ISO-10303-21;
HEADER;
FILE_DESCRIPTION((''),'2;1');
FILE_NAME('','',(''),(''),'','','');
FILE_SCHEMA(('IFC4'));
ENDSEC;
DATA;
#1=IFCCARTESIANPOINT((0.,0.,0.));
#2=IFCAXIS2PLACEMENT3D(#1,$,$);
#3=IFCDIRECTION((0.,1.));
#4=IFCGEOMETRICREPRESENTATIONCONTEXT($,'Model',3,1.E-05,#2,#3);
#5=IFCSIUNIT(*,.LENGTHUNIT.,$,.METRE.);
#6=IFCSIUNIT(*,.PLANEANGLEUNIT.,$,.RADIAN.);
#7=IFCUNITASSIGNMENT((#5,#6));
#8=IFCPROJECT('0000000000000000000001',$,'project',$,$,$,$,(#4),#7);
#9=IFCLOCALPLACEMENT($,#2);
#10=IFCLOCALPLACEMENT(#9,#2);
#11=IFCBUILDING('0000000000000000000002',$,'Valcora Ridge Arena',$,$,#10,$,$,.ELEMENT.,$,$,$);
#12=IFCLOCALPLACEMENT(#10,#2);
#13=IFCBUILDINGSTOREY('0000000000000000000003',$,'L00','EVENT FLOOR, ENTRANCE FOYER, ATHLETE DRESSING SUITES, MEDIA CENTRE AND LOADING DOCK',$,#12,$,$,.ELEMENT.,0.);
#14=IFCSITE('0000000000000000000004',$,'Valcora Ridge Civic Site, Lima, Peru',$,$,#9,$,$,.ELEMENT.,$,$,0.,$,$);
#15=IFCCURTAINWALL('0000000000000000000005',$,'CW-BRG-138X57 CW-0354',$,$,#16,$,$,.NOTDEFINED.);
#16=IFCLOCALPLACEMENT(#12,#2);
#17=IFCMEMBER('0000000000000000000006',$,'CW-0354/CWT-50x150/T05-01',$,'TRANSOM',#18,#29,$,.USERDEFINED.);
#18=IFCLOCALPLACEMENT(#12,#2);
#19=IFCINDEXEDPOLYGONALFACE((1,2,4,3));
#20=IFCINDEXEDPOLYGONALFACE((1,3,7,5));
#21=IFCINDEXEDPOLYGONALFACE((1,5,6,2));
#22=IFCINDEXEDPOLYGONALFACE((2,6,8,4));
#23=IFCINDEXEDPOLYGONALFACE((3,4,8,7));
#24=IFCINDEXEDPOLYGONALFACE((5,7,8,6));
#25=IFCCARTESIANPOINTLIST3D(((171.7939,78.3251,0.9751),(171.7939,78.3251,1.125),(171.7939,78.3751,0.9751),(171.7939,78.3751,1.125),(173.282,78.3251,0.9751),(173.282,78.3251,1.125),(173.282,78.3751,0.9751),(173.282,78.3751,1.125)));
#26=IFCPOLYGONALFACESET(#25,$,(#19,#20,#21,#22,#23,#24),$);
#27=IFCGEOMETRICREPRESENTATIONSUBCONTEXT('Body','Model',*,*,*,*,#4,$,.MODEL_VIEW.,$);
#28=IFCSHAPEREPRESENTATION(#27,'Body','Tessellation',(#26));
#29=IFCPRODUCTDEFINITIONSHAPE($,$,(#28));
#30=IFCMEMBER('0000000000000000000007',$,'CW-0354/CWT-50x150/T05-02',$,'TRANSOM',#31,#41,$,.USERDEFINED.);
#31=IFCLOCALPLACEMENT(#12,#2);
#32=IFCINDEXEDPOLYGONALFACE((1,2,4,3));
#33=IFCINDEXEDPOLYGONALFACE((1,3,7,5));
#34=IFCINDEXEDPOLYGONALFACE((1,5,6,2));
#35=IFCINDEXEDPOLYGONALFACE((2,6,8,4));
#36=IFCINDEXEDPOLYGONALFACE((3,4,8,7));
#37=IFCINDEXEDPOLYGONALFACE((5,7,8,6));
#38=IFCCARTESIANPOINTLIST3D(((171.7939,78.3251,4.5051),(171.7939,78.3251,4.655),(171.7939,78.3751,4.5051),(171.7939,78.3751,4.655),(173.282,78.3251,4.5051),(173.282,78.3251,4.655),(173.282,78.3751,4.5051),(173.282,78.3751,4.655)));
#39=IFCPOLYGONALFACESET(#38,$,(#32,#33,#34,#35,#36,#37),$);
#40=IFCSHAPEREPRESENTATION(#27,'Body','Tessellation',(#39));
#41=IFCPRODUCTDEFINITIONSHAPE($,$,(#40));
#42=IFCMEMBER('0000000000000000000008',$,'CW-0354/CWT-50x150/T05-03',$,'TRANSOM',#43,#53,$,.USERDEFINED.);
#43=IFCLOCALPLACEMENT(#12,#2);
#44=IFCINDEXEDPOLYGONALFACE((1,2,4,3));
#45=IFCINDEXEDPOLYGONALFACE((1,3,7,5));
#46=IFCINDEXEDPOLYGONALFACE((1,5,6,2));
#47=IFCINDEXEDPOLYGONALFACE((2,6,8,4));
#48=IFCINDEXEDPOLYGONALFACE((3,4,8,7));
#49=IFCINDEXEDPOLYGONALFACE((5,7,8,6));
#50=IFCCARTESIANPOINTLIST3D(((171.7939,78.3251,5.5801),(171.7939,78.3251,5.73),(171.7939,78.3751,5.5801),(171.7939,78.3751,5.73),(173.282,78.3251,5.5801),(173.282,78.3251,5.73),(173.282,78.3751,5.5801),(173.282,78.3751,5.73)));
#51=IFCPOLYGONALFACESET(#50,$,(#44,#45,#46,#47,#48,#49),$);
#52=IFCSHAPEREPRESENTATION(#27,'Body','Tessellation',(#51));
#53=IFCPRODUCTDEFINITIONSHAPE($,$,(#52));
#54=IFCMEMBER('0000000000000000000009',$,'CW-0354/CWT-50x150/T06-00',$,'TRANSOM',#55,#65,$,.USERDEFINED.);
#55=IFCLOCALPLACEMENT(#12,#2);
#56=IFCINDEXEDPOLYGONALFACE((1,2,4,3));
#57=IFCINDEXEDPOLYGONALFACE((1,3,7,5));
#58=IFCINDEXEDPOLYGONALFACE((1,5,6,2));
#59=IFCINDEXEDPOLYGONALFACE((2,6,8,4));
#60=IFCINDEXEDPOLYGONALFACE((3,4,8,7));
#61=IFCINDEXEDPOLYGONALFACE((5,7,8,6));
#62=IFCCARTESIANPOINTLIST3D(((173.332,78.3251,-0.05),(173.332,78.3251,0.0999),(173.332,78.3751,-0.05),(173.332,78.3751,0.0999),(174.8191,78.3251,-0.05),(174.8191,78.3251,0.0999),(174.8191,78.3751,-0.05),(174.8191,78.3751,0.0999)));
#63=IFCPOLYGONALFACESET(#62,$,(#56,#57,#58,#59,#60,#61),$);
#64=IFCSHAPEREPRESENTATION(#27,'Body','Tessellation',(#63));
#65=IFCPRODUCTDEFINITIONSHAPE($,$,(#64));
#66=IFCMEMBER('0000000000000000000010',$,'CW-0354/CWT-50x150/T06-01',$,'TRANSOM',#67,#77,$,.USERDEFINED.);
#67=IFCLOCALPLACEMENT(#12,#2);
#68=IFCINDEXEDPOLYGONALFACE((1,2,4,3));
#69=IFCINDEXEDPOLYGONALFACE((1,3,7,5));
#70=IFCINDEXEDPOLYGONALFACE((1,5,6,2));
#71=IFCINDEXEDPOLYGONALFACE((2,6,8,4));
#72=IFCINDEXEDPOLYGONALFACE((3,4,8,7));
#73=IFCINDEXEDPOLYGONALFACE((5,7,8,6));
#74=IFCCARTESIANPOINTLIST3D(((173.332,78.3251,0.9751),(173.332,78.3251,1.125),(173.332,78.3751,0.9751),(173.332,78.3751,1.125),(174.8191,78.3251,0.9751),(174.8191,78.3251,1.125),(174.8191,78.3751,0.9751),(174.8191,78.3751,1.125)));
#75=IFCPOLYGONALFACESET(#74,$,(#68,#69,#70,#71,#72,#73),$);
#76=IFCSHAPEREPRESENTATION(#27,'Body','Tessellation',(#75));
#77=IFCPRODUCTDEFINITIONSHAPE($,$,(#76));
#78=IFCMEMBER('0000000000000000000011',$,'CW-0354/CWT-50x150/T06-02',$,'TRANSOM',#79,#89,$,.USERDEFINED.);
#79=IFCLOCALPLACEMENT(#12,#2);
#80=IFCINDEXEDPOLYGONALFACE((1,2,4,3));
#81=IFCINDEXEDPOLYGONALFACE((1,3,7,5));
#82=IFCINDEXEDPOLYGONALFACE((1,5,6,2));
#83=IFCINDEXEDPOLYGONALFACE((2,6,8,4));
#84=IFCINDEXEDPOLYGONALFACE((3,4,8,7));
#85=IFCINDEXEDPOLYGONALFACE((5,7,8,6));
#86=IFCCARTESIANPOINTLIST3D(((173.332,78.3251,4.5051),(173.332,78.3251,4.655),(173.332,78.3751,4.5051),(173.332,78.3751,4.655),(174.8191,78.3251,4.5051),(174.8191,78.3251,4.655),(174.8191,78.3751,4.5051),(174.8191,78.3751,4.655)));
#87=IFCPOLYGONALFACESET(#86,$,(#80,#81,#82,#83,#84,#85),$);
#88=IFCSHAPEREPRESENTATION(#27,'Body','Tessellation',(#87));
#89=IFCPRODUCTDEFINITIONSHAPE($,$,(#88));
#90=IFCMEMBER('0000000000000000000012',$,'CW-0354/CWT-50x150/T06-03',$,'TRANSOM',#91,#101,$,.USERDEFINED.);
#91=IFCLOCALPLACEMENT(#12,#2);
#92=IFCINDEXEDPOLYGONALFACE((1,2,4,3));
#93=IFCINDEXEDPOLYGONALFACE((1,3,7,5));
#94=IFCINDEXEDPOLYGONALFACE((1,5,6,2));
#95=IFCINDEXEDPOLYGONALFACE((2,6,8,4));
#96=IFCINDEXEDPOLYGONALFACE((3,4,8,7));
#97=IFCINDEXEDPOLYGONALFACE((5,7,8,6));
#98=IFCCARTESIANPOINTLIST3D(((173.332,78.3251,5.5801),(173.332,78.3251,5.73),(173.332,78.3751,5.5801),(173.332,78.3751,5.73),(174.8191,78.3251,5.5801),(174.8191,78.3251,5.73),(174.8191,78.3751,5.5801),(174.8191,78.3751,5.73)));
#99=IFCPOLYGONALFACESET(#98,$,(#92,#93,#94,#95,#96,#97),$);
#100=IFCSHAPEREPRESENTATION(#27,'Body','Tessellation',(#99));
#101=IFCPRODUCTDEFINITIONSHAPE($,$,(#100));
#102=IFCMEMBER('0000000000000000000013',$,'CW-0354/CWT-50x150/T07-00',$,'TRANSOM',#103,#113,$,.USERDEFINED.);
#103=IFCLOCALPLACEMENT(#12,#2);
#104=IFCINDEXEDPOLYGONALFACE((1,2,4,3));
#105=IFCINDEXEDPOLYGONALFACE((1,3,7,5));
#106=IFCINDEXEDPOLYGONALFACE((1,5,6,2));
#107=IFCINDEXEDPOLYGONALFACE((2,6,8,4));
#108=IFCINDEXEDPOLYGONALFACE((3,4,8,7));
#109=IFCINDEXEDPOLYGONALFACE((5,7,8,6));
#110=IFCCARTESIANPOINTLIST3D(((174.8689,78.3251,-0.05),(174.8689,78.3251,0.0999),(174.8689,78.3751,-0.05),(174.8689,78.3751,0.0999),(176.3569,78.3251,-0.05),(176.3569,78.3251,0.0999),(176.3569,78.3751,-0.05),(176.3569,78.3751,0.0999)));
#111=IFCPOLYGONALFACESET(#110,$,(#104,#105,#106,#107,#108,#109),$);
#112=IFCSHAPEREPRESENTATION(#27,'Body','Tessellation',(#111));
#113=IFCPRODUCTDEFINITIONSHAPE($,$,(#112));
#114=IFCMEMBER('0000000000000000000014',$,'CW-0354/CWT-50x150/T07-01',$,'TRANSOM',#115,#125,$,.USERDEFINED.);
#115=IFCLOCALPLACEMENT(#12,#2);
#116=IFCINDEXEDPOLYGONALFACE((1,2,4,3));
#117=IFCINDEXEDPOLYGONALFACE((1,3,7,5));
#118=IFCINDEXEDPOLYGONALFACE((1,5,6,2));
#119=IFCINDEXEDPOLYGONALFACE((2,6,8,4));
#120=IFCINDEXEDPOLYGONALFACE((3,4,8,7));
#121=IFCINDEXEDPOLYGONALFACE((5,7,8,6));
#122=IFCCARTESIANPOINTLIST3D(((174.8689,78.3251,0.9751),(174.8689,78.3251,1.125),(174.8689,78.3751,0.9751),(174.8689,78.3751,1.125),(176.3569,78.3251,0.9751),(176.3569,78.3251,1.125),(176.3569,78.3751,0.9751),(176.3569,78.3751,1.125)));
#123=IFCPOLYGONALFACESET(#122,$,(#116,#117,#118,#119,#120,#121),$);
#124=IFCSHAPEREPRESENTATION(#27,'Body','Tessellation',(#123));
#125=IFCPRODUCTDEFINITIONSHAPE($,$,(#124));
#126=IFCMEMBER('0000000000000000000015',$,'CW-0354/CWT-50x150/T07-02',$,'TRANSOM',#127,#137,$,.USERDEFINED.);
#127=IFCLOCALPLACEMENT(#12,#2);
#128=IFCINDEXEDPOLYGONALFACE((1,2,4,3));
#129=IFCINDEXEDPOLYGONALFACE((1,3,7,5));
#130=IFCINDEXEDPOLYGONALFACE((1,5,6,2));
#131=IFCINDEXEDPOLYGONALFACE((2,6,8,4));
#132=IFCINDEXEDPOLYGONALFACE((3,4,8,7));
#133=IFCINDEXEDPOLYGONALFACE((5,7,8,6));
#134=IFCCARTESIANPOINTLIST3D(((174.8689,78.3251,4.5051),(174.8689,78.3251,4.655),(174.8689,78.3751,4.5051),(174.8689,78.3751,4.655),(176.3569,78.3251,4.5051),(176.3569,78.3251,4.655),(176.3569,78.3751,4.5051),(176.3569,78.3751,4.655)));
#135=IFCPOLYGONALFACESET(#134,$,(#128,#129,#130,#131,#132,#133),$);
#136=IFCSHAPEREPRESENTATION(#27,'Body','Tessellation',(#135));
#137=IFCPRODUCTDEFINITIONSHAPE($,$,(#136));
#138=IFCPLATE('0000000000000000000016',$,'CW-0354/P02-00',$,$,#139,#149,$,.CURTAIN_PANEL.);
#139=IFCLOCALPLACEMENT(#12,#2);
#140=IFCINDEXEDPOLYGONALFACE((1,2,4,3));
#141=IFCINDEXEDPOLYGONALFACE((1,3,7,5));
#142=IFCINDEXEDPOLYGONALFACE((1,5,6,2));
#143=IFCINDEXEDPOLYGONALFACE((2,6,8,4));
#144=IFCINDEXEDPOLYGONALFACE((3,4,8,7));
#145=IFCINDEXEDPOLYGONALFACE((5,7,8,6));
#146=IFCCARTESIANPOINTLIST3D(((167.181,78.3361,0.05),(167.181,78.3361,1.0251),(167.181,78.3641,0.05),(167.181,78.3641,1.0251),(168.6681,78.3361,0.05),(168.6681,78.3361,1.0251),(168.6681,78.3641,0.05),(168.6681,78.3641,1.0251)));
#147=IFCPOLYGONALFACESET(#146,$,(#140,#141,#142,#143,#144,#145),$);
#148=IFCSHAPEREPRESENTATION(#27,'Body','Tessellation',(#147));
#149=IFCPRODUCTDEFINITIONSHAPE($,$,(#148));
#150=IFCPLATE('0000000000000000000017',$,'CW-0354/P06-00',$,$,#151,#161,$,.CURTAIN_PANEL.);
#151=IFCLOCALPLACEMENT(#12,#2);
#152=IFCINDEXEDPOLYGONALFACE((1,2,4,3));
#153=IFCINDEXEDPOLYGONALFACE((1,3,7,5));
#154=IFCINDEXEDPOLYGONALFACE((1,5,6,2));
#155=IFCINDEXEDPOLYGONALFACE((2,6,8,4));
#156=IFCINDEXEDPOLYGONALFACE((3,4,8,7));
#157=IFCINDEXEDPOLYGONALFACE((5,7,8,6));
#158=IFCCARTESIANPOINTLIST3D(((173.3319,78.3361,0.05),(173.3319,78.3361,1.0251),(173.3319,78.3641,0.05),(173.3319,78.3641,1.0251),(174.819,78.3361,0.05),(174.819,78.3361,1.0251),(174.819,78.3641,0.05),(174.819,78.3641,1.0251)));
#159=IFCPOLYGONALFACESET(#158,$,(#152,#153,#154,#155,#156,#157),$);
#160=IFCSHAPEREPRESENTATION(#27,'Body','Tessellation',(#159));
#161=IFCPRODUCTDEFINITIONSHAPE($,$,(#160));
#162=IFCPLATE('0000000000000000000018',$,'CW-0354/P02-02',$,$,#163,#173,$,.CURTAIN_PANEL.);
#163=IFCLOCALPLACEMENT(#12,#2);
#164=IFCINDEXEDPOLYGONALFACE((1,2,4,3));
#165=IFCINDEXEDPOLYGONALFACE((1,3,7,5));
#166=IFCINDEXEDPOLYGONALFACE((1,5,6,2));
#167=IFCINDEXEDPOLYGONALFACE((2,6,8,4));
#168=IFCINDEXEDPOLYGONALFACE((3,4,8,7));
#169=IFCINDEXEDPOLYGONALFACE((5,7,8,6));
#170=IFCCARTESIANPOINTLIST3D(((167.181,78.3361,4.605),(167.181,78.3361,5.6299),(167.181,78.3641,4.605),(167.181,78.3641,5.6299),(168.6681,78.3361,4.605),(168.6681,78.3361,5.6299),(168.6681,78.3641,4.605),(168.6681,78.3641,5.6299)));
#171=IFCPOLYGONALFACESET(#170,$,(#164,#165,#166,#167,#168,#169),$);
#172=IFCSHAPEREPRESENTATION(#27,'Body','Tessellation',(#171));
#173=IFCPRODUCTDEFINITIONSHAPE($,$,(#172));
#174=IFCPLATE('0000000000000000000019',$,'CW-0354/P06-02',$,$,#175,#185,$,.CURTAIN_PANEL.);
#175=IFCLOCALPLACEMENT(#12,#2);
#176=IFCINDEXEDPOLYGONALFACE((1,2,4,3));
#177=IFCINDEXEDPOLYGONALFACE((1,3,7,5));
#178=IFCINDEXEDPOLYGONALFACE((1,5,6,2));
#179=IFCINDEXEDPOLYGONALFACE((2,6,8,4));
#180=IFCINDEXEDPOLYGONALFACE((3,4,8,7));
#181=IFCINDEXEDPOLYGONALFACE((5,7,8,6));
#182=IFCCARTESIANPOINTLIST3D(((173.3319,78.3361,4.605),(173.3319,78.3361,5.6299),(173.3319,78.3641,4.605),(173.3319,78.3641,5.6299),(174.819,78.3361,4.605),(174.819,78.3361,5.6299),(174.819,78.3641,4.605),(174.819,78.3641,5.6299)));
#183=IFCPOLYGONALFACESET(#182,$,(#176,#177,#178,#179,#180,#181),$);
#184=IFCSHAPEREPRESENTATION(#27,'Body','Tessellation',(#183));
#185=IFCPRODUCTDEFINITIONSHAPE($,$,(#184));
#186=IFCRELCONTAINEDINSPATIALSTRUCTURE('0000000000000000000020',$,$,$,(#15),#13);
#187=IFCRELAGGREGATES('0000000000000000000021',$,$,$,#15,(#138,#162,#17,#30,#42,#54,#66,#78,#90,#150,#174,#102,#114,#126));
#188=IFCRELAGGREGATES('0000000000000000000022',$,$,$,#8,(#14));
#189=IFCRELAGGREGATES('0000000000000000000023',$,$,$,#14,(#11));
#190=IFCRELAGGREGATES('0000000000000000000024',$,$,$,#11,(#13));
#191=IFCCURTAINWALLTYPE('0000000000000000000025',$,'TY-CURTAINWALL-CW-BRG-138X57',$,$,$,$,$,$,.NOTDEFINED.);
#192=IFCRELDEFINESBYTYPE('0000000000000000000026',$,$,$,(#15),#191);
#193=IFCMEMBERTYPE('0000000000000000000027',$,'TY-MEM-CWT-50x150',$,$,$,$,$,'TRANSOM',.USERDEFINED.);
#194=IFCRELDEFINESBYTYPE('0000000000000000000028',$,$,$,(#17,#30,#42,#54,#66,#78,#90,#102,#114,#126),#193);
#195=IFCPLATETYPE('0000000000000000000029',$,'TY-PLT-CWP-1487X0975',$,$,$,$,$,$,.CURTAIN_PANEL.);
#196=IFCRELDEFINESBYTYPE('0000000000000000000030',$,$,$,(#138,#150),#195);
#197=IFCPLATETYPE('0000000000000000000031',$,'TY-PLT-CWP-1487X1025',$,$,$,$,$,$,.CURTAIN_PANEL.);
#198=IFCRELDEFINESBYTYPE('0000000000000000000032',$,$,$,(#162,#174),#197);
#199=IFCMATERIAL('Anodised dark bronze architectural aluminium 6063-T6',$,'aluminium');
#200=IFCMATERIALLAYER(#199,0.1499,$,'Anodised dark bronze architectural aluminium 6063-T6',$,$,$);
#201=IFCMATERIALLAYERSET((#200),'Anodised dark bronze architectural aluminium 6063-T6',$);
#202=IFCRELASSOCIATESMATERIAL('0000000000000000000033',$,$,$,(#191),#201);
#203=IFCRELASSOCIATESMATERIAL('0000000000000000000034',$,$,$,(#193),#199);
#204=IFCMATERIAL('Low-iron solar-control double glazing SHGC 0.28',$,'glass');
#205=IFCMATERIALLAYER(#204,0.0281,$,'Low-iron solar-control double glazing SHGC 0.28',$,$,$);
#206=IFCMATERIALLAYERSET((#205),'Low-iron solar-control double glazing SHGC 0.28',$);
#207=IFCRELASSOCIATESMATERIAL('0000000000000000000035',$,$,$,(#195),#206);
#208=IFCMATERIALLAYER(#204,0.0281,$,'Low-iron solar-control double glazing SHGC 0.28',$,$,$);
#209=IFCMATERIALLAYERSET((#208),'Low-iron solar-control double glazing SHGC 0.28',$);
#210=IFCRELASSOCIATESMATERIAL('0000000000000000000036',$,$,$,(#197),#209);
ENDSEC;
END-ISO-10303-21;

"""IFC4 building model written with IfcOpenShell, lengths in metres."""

from ifc_helpers import new_model, si_unit, direction, frame, origin, origin_2d, place, context, subcontext, project, spatial, rectangle, extrude, material, layer, layer_set, material_profile, profile_set, type_object, element, aggregate, save


model = new_model("IFC4")

# Units and contexts
model_context = context("Model", 3, precision=1e-05, world=origin(), true_north=direction((0.0, 1.0)))
body_context = subcontext(model_context, "Body", "Model", "MODEL_VIEW")
ifc_project = project(units=[si_unit("LENGTHUNIT", "METRE"), si_unit("PLANEANGLEUNIT", "RADIAN")], contexts=[model_context])

# Site, building, storey
site_placement = place(None, origin())
site = spatial("IfcSite", under=ifc_project, at=site_placement, Name="Valcora Ridge Civic Site, Lima, Peru", CompositionType="ELEMENT", RefElevation=0.0)
building_placement = place(site_placement, origin())
building = spatial("IfcBuilding", under=site, at=building_placement, Name="Valcora Ridge Arena", CompositionType="ELEMENT")
storey_placement = place(building_placement, origin())
storey = spatial("IfcBuildingStorey", under=building, at=storey_placement, Name="L00", Description="EVENT FLOOR, ENTRANCE FOYER, ATHLETE DRESSING SUITES, MEDIA CENTRE AND LOADING DOCK", CompositionType="ELEMENT", Elevation=0.0)

# Curtain wall, members, plates
ifc_material_1 = material(Name="Anodised dark bronze architectural aluminium 6063-T6", Category="aluminium")
ifc_layer_1 = layer(ifc_material_1, 0.1499, Name="Anodised dark bronze architectural aluminium 6063-T6")
ifc_layer_set_1 = layer_set([ifc_layer_1], Name="Anodised dark bronze architectural aluminium 6063-T6")
curtain_wall_type = type_object("IfcCurtainWallType", Name="TY-CURTAINWALL-CW-BRG-138X57", PredefinedType="NOTDEFINED", material=ifc_layer_set_1)
curtain_wall_placement = place(storey_placement, origin())
curtain_wall = element("IfcCurtainWall", 1, at=curtain_wall_placement, inside=storey, type_object=curtain_wall_type, Name="CW-BRG-138X57 CW-0354", PredefinedType="NOTDEFINED")
ifc_material_profile_1 = material_profile(ifc_material_1, rectangle(XDim=0.05, YDim=0.1499, at=origin_2d()), Name="ALU TRANSOM 50x150")
ifc_profile_set_1 = profile_set([ifc_material_profile_1], Name="Anodised dark bronze architectural aluminium 6063-T6")
member_type_1 = type_object("IfcMemberType", Name="TY-MEM-CWT-50x150", ElementType="TRANSOM", PredefinedType="USERDEFINED", material=ifc_profile_set_1)
member_1_placement = place(storey_placement, frame((171.7939, 78.3501, 1.05), z_axis=(1.0, 0.0, 0.0), x_axis=(0.0, 1.0, 0.0)))
member_1 = element("IfcMember", 2, at=member_1_placement, type_object=member_type_1, Name="CW-0354/CWT-50x150/T05-01", ObjectType="TRANSOM", PredefinedType="USERDEFINED", context=body_context, shape_type="SweptSolid", body=[
    extrude(rectangle(XDim=0.05, YDim=0.1499, at=origin_2d()), origin(), (0.0, 0.0, 1.0), 1.488),
])
member_2_placement = place(storey_placement, frame((171.7939, 78.3501, 4.5801), z_axis=(1.0, 0.0, 0.0), x_axis=(0.0, 1.0, 0.0)))
member_2 = element("IfcMember", 3, at=member_2_placement, type_object=member_type_1, Name="CW-0354/CWT-50x150/T05-02", ObjectType="TRANSOM", PredefinedType="USERDEFINED", context=body_context, shape_type="SweptSolid", body=[
    extrude(rectangle(XDim=0.05, YDim=0.1499, at=origin_2d()), origin(), (0.0, 0.0, 1.0), 1.488),
])
member_3_placement = place(storey_placement, frame((171.7939, 78.3501, 5.655), z_axis=(1.0, 0.0, 0.0), x_axis=(0.0, 1.0, 0.0)))
member_3 = element("IfcMember", 4, at=member_3_placement, type_object=member_type_1, Name="CW-0354/CWT-50x150/T05-03", ObjectType="TRANSOM", PredefinedType="USERDEFINED", context=body_context, shape_type="SweptSolid", body=[
    extrude(rectangle(XDim=0.05, YDim=0.1499, at=origin_2d()), origin(), (0.0, 0.0, 1.0), 1.488),
])
member_4_placement = place(storey_placement, frame((173.332, 78.3501, 0.0249), z_axis=(1.0, 0.0, 0.0), x_axis=(0.0, 1.0, 0.0)))
member_4 = element("IfcMember", 5, at=member_4_placement, type_object=member_type_1, Name="CW-0354/CWT-50x150/T06-00", ObjectType="TRANSOM", PredefinedType="USERDEFINED", context=body_context, shape_type="SweptSolid", body=[
    extrude(rectangle(XDim=0.05, YDim=0.1499, at=origin_2d()), origin(), (0.0, 0.0, 1.0), 1.4871),
])
member_5_placement = place(storey_placement, frame((173.332, 78.3501, 1.05), z_axis=(1.0, 0.0, 0.0), x_axis=(0.0, 1.0, 0.0)))
member_5 = element("IfcMember", 6, at=member_5_placement, type_object=member_type_1, Name="CW-0354/CWT-50x150/T06-01", ObjectType="TRANSOM", PredefinedType="USERDEFINED", context=body_context, shape_type="SweptSolid", body=[
    extrude(rectangle(XDim=0.05, YDim=0.1499, at=origin_2d()), origin(), (0.0, 0.0, 1.0), 1.4871),
])
member_6_placement = place(storey_placement, frame((173.332, 78.3501, 4.5801), z_axis=(1.0, 0.0, 0.0), x_axis=(0.0, 1.0, 0.0)))
member_6 = element("IfcMember", 7, at=member_6_placement, type_object=member_type_1, Name="CW-0354/CWT-50x150/T06-02", ObjectType="TRANSOM", PredefinedType="USERDEFINED", context=body_context, shape_type="SweptSolid", body=[
    extrude(rectangle(XDim=0.05, YDim=0.1499, at=origin_2d()), origin(), (0.0, 0.0, 1.0), 1.4871),
])
member_7_placement = place(storey_placement, frame((173.332, 78.3501, 5.655), z_axis=(1.0, 0.0, 0.0), x_axis=(0.0, 1.0, 0.0)))
member_7 = element("IfcMember", 8, at=member_7_placement, type_object=member_type_1, Name="CW-0354/CWT-50x150/T06-03", ObjectType="TRANSOM", PredefinedType="USERDEFINED", context=body_context, shape_type="SweptSolid", body=[
    extrude(rectangle(XDim=0.05, YDim=0.1499, at=origin_2d()), origin(), (0.0, 0.0, 1.0), 1.4871),
])
member_8_placement = place(storey_placement, frame((174.8689, 78.3501, 0.0249), z_axis=(1.0, 0.0, 0.0), x_axis=(0.0, 1.0, 0.0)))
member_8 = element("IfcMember", 9, at=member_8_placement, type_object=member_type_1, Name="CW-0354/CWT-50x150/T07-00", ObjectType="TRANSOM", PredefinedType="USERDEFINED", context=body_context, shape_type="SweptSolid", body=[
    extrude(rectangle(XDim=0.05, YDim=0.1499, at=origin_2d()), origin(), (0.0, 0.0, 1.0), 1.488),
])
member_9_placement = place(storey_placement, frame((174.8689, 78.3501, 1.05), z_axis=(1.0, 0.0, 0.0), x_axis=(0.0, 1.0, 0.0)))
member_9 = element("IfcMember", 10, at=member_9_placement, type_object=member_type_1, Name="CW-0354/CWT-50x150/T07-01", ObjectType="TRANSOM", PredefinedType="USERDEFINED", context=body_context, shape_type="SweptSolid", body=[
    extrude(rectangle(XDim=0.05, YDim=0.1499, at=origin_2d()), origin(), (0.0, 0.0, 1.0), 1.488),
])
member_10_placement = place(storey_placement, frame((174.8689, 78.3501, 4.5801), z_axis=(1.0, 0.0, 0.0), x_axis=(0.0, 1.0, 0.0)))
member_10 = element("IfcMember", 11, at=member_10_placement, type_object=member_type_1, Name="CW-0354/CWT-50x150/T07-02", ObjectType="TRANSOM", PredefinedType="USERDEFINED", context=body_context, shape_type="SweptSolid", body=[
    extrude(rectangle(XDim=0.05, YDim=0.1499, at=origin_2d()), origin(), (0.0, 0.0, 1.0), 1.488),
])
ifc_material_2 = material(Name="Low-iron solar-control double glazing SHGC 0.28", Category="glass")
ifc_layer_2 = layer(ifc_material_2, 0.0281, Name="Low-iron solar-control double glazing SHGC 0.28")
ifc_layer_set_2 = layer_set([ifc_layer_2], Name="Low-iron solar-control double glazing SHGC 0.28")
plate_type_1 = type_object("IfcPlateType", Name="TY-PLT-CWP-1487X0975", PredefinedType="CURTAIN_PANEL", material=ifc_layer_set_2)
plate_1_placement = place(storey_placement, frame((167.9246, 78.3501, 0.05), z_axis=(0.0, 0.0, 1.0), x_axis=(1.0, 0.0, 0.0)))
plate_1 = element("IfcPlate", 12, at=plate_1_placement, type_object=plate_type_1, Name="CW-0354/P02-00", PredefinedType="CURTAIN_PANEL", context=body_context, shape_type="SweptSolid", body=[
    extrude(rectangle(XDim=1.4871, YDim=0.0281, at=origin_2d()), origin(), (0.0, 0.0, 1.0), 0.9751),
])
plate_2_placement = place(storey_placement, frame((174.0754, 78.3501, 0.05), z_axis=(0.0, 0.0, 1.0), x_axis=(1.0, 0.0, 0.0)))
plate_2 = element("IfcPlate", 13, at=plate_2_placement, type_object=plate_type_1, Name="CW-0354/P06-00", PredefinedType="CURTAIN_PANEL", context=body_context, shape_type="SweptSolid", body=[
    extrude(rectangle(XDim=1.4871, YDim=0.0281, at=origin_2d()), origin(), (0.0, 0.0, 1.0), 0.9751),
])
ifc_layer_3 = layer(ifc_material_2, 0.0281, Name="Low-iron solar-control double glazing SHGC 0.28")
ifc_layer_set_3 = layer_set([ifc_layer_3], Name="Low-iron solar-control double glazing SHGC 0.28")
plate_type_2 = type_object("IfcPlateType", Name="TY-PLT-CWP-1487X1025", PredefinedType="CURTAIN_PANEL", material=ifc_layer_set_3)
plate_3_placement = place(storey_placement, frame((167.9246, 78.3501, 4.605), z_axis=(0.0, 0.0, 1.0), x_axis=(1.0, 0.0, 0.0)))
plate_3 = element("IfcPlate", 14, at=plate_3_placement, type_object=plate_type_2, Name="CW-0354/P02-02", PredefinedType="CURTAIN_PANEL", context=body_context, shape_type="SweptSolid", body=[
    extrude(rectangle(XDim=1.4871, YDim=0.0281, at=origin_2d()), origin(), (0.0, 0.0, 1.0), 1.0249),
])
plate_4_placement = place(storey_placement, frame((174.0754, 78.3501, 4.605), z_axis=(0.0, 0.0, 1.0), x_axis=(1.0, 0.0, 0.0)))
plate_4 = element("IfcPlate", 15, at=plate_4_placement, type_object=plate_type_2, Name="CW-0354/P06-02", PredefinedType="CURTAIN_PANEL", context=body_context, shape_type="SweptSolid", body=[
    extrude(rectangle(XDim=1.4871, YDim=0.0281, at=origin_2d()), origin(), (0.0, 0.0, 1.0), 1.0249),
])
aggregate(curtain_wall, [plate_1, plate_3, member_1, member_2, member_3, member_4, member_5, member_6, member_7, plate_2, plate_4, member_8, member_9, member_10])

save(model, "model.ifc")
